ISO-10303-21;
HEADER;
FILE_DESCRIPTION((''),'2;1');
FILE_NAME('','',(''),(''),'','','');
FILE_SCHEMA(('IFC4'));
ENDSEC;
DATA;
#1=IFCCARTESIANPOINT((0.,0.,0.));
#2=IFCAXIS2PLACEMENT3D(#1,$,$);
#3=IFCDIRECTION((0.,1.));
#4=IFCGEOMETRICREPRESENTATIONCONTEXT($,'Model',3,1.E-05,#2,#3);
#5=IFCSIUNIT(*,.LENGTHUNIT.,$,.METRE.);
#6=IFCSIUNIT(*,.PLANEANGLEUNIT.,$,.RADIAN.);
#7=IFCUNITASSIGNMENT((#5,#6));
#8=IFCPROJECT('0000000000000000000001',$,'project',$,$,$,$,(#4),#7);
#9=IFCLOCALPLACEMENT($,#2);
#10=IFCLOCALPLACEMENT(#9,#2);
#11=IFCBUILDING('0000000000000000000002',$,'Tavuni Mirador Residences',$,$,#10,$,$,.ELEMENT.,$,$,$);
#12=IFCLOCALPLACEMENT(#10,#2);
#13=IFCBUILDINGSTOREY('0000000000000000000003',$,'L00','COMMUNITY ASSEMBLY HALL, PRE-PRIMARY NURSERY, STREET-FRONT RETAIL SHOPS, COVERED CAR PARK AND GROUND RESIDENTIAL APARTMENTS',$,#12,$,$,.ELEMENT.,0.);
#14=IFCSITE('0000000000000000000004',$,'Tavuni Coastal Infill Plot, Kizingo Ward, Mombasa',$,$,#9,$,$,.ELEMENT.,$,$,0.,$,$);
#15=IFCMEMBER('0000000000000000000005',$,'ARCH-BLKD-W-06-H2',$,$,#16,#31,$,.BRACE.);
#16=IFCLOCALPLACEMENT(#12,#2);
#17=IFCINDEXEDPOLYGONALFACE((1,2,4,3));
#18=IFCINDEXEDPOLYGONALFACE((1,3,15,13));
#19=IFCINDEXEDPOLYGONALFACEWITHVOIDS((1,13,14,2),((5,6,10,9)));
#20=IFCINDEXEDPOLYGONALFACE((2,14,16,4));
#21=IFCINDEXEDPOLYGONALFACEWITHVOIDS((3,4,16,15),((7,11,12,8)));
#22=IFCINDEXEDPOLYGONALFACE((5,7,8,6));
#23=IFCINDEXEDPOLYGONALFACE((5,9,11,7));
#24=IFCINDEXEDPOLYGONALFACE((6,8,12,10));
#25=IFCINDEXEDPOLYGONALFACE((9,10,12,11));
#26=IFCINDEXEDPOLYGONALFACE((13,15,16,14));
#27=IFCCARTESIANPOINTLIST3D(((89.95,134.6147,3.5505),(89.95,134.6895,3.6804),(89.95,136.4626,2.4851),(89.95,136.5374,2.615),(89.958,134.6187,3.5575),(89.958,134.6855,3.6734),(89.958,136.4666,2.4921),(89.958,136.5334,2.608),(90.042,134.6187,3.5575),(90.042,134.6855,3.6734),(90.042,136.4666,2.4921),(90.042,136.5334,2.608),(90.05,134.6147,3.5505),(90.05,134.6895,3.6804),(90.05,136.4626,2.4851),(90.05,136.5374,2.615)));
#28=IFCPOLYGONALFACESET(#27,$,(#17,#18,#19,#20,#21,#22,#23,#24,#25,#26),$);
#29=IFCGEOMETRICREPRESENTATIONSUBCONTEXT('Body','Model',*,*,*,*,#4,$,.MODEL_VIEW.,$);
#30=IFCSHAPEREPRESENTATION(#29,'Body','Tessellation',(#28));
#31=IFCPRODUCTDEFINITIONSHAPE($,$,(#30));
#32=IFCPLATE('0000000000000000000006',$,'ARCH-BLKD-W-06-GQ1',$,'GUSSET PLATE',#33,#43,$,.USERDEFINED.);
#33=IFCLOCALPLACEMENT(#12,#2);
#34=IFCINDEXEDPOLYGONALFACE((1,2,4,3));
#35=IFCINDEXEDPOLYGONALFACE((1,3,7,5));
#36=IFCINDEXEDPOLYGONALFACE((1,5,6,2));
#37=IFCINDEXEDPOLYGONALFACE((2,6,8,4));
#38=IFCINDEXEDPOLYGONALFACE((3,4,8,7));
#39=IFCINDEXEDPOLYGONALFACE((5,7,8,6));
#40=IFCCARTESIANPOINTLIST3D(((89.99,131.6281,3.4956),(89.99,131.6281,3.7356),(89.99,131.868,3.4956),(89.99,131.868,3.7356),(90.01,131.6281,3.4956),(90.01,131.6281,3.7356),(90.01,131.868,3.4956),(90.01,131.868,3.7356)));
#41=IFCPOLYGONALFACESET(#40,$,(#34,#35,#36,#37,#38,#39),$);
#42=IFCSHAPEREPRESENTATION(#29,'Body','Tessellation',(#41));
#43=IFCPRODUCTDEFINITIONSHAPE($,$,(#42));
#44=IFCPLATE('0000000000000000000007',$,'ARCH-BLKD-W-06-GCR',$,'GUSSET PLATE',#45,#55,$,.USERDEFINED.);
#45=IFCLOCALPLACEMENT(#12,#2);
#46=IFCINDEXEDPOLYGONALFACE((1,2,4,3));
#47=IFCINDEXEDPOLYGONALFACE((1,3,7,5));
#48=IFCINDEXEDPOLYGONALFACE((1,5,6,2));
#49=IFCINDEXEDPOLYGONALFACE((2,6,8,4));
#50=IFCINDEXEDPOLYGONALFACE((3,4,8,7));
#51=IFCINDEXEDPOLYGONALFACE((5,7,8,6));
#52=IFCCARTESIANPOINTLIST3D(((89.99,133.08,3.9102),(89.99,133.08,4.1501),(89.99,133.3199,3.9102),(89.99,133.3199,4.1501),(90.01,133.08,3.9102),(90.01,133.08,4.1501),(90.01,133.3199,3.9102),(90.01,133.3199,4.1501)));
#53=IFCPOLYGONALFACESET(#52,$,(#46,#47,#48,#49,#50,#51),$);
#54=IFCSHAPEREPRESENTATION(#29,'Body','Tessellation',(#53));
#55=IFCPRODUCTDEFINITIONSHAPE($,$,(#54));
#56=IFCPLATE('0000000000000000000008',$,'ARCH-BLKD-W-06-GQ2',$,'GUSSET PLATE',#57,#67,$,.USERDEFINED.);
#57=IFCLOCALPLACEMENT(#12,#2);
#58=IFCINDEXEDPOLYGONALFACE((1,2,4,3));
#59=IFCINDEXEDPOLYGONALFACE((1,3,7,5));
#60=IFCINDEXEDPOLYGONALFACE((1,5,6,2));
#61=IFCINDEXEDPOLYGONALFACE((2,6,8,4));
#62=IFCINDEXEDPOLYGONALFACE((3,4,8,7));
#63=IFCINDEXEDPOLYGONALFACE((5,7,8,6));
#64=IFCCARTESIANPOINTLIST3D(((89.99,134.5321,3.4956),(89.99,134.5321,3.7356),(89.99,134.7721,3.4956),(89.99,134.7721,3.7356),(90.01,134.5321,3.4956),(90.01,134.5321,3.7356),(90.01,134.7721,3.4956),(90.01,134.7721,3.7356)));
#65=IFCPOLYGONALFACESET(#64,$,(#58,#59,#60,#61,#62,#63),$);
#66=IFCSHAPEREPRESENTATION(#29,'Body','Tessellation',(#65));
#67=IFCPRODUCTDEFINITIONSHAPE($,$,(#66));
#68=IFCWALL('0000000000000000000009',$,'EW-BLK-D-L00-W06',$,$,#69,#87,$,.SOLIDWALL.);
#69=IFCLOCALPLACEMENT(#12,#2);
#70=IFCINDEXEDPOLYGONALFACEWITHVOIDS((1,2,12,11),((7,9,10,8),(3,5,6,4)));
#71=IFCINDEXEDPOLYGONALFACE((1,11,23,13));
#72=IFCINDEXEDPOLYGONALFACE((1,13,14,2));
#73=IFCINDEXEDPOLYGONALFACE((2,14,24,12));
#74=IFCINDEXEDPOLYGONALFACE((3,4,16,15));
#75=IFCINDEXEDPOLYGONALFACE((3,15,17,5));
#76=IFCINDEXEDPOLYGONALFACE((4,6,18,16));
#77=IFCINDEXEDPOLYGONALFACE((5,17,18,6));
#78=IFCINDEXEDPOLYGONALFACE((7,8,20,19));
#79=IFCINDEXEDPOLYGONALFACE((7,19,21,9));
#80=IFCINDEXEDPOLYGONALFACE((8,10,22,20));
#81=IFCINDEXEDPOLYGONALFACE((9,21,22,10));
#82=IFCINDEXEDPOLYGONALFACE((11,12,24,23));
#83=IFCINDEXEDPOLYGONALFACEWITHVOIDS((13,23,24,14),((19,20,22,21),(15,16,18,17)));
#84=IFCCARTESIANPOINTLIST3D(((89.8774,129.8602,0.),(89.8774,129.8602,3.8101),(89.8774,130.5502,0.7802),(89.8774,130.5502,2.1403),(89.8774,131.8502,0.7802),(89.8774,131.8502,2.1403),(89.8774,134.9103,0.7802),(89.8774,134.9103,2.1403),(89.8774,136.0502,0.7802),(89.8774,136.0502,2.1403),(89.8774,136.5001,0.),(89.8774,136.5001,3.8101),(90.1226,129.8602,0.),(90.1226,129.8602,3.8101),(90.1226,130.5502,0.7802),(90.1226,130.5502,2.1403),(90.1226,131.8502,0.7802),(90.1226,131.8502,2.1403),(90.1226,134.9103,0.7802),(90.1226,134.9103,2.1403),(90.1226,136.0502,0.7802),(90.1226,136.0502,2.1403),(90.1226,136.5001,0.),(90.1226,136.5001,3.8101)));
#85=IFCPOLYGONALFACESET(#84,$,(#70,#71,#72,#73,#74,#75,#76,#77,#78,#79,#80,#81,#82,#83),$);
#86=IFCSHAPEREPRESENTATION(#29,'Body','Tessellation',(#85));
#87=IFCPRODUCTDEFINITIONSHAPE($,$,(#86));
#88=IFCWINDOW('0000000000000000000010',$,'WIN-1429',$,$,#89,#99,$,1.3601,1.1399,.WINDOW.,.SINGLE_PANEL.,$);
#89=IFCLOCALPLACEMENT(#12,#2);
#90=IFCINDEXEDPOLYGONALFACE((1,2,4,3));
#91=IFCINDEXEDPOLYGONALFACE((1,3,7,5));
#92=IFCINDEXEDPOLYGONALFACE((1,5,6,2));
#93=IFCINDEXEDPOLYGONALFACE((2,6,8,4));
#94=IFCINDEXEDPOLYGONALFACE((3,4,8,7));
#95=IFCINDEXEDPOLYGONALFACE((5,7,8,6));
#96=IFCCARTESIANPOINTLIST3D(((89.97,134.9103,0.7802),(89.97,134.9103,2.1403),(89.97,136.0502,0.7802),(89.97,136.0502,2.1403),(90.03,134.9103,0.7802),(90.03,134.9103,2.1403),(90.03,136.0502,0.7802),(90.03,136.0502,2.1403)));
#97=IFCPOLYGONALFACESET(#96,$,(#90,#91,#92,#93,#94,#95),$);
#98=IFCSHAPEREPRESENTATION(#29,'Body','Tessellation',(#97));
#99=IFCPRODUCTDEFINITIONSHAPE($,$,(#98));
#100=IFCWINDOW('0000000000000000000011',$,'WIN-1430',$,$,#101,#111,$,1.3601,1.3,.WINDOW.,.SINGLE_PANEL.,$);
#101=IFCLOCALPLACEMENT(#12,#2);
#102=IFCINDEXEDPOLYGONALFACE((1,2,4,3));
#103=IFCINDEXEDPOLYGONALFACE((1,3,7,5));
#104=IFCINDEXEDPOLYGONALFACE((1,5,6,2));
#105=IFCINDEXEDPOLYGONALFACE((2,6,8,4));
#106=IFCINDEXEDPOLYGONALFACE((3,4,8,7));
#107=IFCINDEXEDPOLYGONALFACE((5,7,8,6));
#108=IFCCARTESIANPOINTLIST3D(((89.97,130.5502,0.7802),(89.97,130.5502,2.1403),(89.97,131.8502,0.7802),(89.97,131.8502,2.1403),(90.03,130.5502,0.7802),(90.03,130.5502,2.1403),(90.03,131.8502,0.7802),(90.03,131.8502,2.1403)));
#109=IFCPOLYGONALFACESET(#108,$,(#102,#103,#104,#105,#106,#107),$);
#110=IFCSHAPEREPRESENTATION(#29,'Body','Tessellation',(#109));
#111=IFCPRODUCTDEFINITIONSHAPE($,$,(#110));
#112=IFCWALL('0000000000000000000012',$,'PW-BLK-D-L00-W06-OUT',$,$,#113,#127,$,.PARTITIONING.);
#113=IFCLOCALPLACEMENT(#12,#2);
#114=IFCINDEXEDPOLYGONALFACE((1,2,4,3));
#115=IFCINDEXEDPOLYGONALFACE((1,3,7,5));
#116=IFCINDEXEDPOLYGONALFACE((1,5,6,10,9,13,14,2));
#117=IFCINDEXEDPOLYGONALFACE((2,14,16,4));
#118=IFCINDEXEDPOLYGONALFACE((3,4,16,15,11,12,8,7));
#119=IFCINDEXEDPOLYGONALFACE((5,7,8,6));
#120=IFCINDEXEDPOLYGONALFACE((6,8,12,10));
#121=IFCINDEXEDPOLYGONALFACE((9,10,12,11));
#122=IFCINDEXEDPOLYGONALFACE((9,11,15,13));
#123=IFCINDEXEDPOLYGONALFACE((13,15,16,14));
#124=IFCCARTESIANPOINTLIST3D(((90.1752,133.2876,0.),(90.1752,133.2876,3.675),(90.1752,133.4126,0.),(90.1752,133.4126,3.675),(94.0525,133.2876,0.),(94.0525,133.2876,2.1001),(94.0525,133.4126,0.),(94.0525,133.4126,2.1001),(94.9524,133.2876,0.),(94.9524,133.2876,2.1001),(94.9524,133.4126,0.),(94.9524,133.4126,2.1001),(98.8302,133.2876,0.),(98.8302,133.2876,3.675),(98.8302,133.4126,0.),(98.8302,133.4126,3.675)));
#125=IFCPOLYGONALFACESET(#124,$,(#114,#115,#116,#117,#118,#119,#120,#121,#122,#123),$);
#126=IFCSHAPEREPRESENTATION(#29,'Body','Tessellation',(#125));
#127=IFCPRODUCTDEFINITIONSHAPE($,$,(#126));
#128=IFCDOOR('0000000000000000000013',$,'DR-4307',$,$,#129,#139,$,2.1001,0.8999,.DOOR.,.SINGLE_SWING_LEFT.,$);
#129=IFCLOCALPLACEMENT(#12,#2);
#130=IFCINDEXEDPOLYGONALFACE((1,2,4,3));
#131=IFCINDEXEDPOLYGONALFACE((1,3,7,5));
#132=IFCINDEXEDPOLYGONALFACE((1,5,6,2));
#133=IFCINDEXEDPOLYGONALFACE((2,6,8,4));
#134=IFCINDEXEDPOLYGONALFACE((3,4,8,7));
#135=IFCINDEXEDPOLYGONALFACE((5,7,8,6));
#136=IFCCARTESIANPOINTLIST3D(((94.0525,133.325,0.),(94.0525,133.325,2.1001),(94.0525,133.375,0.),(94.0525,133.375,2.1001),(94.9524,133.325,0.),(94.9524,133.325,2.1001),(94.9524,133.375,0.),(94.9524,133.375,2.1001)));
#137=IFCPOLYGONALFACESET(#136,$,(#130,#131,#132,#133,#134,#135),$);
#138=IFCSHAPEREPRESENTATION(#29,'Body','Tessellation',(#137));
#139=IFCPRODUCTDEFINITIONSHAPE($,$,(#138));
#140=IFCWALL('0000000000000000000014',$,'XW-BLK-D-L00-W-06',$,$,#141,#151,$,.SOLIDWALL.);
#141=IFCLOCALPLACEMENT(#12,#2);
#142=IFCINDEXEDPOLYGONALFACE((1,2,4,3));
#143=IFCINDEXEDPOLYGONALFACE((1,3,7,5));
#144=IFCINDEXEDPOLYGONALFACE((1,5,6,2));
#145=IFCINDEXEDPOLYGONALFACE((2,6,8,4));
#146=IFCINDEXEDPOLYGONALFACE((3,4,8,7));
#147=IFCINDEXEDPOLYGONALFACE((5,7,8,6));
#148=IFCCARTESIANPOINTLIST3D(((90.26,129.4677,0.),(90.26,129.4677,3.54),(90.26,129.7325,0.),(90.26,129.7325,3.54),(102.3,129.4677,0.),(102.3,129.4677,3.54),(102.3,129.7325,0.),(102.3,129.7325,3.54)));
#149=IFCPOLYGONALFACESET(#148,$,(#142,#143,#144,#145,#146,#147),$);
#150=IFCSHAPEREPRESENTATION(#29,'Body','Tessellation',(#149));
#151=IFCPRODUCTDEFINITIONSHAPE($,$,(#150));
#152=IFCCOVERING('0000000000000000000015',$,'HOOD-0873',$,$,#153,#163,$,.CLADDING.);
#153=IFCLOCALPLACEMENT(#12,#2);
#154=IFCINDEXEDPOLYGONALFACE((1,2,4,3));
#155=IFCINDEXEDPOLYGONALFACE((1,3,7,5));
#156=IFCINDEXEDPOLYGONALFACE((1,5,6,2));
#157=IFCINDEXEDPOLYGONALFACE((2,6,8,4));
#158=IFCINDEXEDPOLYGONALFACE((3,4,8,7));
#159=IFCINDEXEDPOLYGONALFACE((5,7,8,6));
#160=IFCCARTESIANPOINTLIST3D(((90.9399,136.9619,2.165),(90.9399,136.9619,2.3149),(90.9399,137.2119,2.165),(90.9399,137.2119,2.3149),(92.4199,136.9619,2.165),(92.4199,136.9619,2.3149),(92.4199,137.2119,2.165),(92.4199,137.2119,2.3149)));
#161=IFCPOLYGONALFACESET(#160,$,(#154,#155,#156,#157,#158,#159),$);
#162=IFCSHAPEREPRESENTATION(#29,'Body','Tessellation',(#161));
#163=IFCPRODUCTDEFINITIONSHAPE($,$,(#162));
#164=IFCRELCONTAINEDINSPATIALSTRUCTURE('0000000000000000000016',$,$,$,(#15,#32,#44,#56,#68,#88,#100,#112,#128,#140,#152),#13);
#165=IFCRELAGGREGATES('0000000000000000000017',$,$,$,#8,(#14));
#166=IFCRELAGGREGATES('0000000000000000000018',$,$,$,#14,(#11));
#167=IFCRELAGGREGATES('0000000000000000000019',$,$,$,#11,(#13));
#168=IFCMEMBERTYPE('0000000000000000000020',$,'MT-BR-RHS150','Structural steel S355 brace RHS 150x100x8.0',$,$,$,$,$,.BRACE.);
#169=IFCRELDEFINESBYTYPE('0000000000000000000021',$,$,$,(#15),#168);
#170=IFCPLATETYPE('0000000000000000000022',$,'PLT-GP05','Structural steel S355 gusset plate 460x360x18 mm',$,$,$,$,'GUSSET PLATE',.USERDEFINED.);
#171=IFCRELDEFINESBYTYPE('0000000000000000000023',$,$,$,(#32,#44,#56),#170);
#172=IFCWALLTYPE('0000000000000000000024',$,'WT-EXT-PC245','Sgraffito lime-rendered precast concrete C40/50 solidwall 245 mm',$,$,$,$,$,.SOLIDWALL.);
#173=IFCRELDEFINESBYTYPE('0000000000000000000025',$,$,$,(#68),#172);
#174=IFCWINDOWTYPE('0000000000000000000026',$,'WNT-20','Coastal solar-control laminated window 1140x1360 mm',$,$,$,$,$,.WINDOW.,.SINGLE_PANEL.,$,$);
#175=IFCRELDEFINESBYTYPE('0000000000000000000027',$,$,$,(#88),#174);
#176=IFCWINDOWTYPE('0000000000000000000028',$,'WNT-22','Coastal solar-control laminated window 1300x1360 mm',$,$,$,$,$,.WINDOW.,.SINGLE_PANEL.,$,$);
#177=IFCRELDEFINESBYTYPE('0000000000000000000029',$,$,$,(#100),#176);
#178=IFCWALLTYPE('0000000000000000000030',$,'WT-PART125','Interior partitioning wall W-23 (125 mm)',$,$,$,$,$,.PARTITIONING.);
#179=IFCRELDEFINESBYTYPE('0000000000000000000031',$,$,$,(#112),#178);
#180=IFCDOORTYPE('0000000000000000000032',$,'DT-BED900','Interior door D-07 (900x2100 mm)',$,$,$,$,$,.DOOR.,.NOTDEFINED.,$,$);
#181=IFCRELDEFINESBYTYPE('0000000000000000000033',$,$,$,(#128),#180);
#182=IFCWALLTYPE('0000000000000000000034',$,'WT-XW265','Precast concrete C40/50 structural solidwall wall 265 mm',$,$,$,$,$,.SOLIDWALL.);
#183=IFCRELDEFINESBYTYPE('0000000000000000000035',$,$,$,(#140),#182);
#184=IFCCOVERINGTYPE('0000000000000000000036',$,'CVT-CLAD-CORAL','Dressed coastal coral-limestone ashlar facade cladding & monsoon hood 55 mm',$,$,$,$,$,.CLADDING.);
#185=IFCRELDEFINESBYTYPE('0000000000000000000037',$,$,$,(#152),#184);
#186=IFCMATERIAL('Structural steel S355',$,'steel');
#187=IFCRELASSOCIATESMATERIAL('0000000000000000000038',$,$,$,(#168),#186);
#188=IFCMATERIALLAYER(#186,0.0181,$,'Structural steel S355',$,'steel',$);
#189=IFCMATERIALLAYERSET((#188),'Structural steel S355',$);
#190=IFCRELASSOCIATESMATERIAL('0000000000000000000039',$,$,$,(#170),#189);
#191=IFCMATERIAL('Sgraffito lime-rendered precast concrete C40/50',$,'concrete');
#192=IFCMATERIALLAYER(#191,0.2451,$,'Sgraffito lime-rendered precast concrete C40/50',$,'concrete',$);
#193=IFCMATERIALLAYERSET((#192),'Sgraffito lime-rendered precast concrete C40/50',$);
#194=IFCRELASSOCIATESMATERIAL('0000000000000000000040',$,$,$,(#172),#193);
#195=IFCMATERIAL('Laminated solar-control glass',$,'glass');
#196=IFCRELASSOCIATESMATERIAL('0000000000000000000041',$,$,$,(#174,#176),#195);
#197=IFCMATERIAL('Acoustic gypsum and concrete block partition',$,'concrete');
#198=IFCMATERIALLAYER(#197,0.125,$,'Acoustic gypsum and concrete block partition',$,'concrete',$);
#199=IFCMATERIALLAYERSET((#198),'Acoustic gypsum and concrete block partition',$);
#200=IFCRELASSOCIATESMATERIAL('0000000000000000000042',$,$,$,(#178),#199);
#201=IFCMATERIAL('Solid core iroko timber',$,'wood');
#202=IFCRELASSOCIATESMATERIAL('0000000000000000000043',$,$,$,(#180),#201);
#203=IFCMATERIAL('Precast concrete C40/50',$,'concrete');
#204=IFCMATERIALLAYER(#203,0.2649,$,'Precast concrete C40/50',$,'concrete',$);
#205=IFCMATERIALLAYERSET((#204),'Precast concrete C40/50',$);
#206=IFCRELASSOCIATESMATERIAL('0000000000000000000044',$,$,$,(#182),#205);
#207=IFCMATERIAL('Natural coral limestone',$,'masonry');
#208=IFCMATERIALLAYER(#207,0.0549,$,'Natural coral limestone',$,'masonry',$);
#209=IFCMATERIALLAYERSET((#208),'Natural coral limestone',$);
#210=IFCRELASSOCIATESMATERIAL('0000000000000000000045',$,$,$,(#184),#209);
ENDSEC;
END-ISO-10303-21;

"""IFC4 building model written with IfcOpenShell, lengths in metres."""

from ifc_helpers import new_model, si_unit, direction, frame, frame_2d, origin, origin_2d, place, context, subcontext, project, spatial, rectangle, hollow_rectangle, extrude, material, layer, layer_set, material_profile, profile_set, type_object, element, fill, save


model = new_model("IFC4")

# Units and contexts
model_context = context("Model", 3, precision=1e-05, world=origin(), true_north=direction((0.0, 1.0)))
body_context = subcontext(model_context, "Body", "Model", "MODEL_VIEW")
ifc_project = project(units=[si_unit("LENGTHUNIT", "METRE"), si_unit("PLANEANGLEUNIT", "RADIAN")], contexts=[model_context])

# Site, building, storey
site_placement = place(None, origin())
site = spatial("IfcSite", under=ifc_project, at=site_placement, Name="Tavuni Coastal Infill Plot, Kizingo Ward, Mombasa", CompositionType="ELEMENT", RefElevation=0.0)
building_placement = place(site_placement, origin())
building = spatial("IfcBuilding", under=site, at=building_placement, Name="Tavuni Mirador Residences", CompositionType="ELEMENT")
storey_placement = place(building_placement, origin())
storey = spatial("IfcBuildingStorey", under=building, at=storey_placement, Name="L00", Description="COMMUNITY ASSEMBLY HALL, PRE-PRIMARY NURSERY, STREET-FRONT RETAIL SHOPS, COVERED CAR PARK AND GROUND RESIDENTIAL APARTMENTS", CompositionType="ELEMENT", Elevation=0.0)

# Shared definitions
ifc_material_1 = material(Name="Precast concrete C40/50", Category="concrete")

# Member
ifc_material_2 = material(Name="Structural steel S355", Category="steel")
ifc_material_profile_1 = material_profile(ifc_material_2, hollow_rectangle(XDim=0.1001, YDim=0.1499, WallThickness=0.0081, at=origin_2d()), Name="RHS 150x100x8.0", Category="steel")
ifc_profile_set_1 = profile_set([ifc_material_profile_1], Name="Structural steel S355")
member_type = type_object("IfcMemberType", Name="MT-BR-RHS150", Description="Structural steel S355 brace RHS 150x100x8.0", PredefinedType="BRACE", material=ifc_profile_set_1)
member_1_placement = place(storey_placement, frame((90.0, 134.6521, 3.6155), z_axis=(0.0, 0.866321, -0.499488), x_axis=(-1.0, 0.0, 0.0)))
element("IfcMember", 1, at=member_1_placement, inside=storey, type_object=member_type, Name="ARCH-BLKD-W-06-H2", PredefinedType="BRACE", context=body_context, shape_type="SweptSolid", body=[
    extrude(hollow_rectangle(XDim=0.1001, YDim=0.1499, WallThickness=0.0081, at=origin_2d()), origin(), (0.0, 0.0, 1.0), 2.1331),
])

# Plates
ifc_layer_1 = layer(ifc_material_2, 0.0181, Name="Structural steel S355", Category="steel")
ifc_layer_set_1 = layer_set([ifc_layer_1], Name="Structural steel S355")
plate_type = type_object("IfcPlateType", Name="PLT-GP05", Description="Structural steel S355 gusset plate 460x360x18 mm", ElementType="GUSSET PLATE", PredefinedType="USERDEFINED", material=ifc_layer_set_1)
for number, where, z_axis, x_axis, name in (
    (2, (90.0, 131.748, 3.4956), (0.0, 0.0, 1.0), (1.0, 0.0, 0.0), "ARCH-BLKD-W-06-GQ1"),
    (3, (90.0, 133.2, 3.9102), (0.0, 0.0, 1.0), (1.0, 0.0, 0.0), "ARCH-BLKD-W-06-GCR"),
    (4, (90.0, 134.6521, 3.4956), (0.0, 0.0, 1.0), (1.0, 0.0, 0.0), "ARCH-BLKD-W-06-GQ2"),
):
    element("IfcPlate", number, at=place(storey_placement, frame(where, z_axis=z_axis, x_axis=x_axis)), inside=storey, type_object=plate_type, Name=name, ObjectType="GUSSET PLATE", PredefinedType="USERDEFINED", context=body_context, shape_type="SweptSolid", body=[
        extrude(rectangle(XDim=0.02, YDim=0.24, at=origin_2d()), origin(), (0.0, 0.0, 1.0), 0.24),
    ])

# Wall, openings, windows
ifc_material_3 = material(Name="Sgraffito lime-rendered precast concrete C40/50", Category="concrete")
ifc_layer_2 = layer(ifc_material_3, 0.2451, Name="Sgraffito lime-rendered precast concrete C40/50", Category="concrete")
ifc_layer_set_2 = layer_set([ifc_layer_2], Name="Sgraffito lime-rendered precast concrete C40/50")
wall_type_1 = type_object("IfcWallType", Name="WT-EXT-PC245", Description="Sgraffito lime-rendered precast concrete C40/50 solidwall 245 mm", PredefinedType="SOLIDWALL", material=ifc_layer_set_2)
wall_1_placement = place(storey_placement, frame((90.0, 136.5, 0.0), z_axis=(0.0, 0.0, 1.0), x_axis=(0.0, -1.0, 0.0)))
wall_1 = element("IfcWall", 5, at=wall_1_placement, inside=storey, type_object=wall_type_1, Name="EW-BLK-D-L00-W06", PredefinedType="SOLIDWALL", context=body_context, shape_type="SweptSolid", body=[
    extrude(rectangle(XDim=6.6399, YDim=0.2451, at=frame_2d((3.3198, 0.0))), origin(), (0.0, 0.0, 1.0), 3.8101),
])
opening_1_placement = place(wall_1_placement, frame((0.45, 0.0, 0.78)))
opening_1 = element("IfcOpeningElement", 6, at=opening_1_placement, cuts=wall_1, PredefinedType="OPENING", context=body_context, shape_type="SweptSolid", body=[
    extrude(rectangle(XDim=1.1399, YDim=1.3601, at=frame_2d((0.5698, 0.6802))), frame((0.0, 0.1326, 0.0), z_axis=(0.0, -1.0, 0.0), x_axis=(1.0, 0.0, 0.0)), (0.0, 0.0, 1.0), 0.2651),
])
opening_2_placement = place(wall_1_placement, frame((4.6499, 0.0, 0.78)))
opening_2 = element("IfcOpeningElement", 7, at=opening_2_placement, cuts=wall_1, PredefinedType="OPENING", context=body_context, shape_type="SweptSolid", body=[
    extrude(rectangle(XDim=1.3, YDim=1.3601, at=frame_2d((0.6499, 0.6802))), frame((0.0, 0.1326, 0.0), z_axis=(0.0, -1.0, 0.0), x_axis=(1.0, 0.0, 0.0)), (0.0, 0.0, 1.0), 0.2651),
])
ifc_material_4 = material(Name="Laminated solar-control glass", Category="glass")
window_type_1 = type_object("IfcWindowType", Name="WNT-20", Description="Coastal solar-control laminated window 1140x1360 mm", PartitioningType="SINGLE_PANEL", PredefinedType="WINDOW", material=ifc_material_4)
window_1_placement = place(opening_1_placement, origin())
window_1 = element("IfcWindow", 8, at=window_1_placement, inside=storey, type_object=window_type_1, Name="WIN-1429", OverallHeight=1.3601, OverallWidth=1.1399, PartitioningType="SINGLE_PANEL", PredefinedType="WINDOW", context=body_context, shape_type="SweptSolid", body=[
    extrude(rectangle(XDim=1.1399, YDim=1.3601, at=frame_2d((0.5698, 0.6802))), frame((0.0, 0.03, 0.0), z_axis=(0.0, -1.0, 0.0), x_axis=(1.0, 0.0, 0.0)), (0.0, 0.0, 1.0), 0.0601),
])
fill(opening_1, window_1)
window_type_2 = type_object("IfcWindowType", Name="WNT-22", Description="Coastal solar-control laminated window 1300x1360 mm", PartitioningType="SINGLE_PANEL", PredefinedType="WINDOW", material=ifc_material_4)
window_2_placement = place(opening_2_placement, origin())
window_2 = element("IfcWindow", 9, at=window_2_placement, inside=storey, type_object=window_type_2, Name="WIN-1430", OverallHeight=1.3601, OverallWidth=1.3, PartitioningType="SINGLE_PANEL", PredefinedType="WINDOW", context=body_context, shape_type="SweptSolid", body=[
    extrude(rectangle(XDim=1.3, YDim=1.3601, at=frame_2d((0.6499, 0.6802))), frame((0.0, 0.03, 0.0), z_axis=(0.0, -1.0, 0.0), x_axis=(1.0, 0.0, 0.0)), (0.0, 0.0, 1.0), 0.0601),
])
fill(opening_2, window_2)

# Wall, opening, door
ifc_material_5 = material(Name="Acoustic gypsum and concrete block partition", Category="concrete")
ifc_layer_3 = layer(ifc_material_5, 0.125, Name="Acoustic gypsum and concrete block partition", Category="concrete")
ifc_layer_set_3 = layer_set([ifc_layer_3], Name="Acoustic gypsum and concrete block partition")
wall_type_2 = type_object("IfcWallType", Name="WT-PART125", Description="Interior partitioning wall W-23 (125 mm)", PredefinedType="PARTITIONING", material=ifc_layer_set_3)
wall_2_placement = place(storey_placement, frame((90.175, 133.3501, 0.0), z_axis=(0.0, 0.0, 1.0), x_axis=(1.0, 0.0, 0.0)))
wall_2 = element("IfcWall", 10, at=wall_2_placement, inside=storey, type_object=wall_type_2, Name="PW-BLK-D-L00-W06-OUT", PredefinedType="PARTITIONING", context=body_context, shape_type="SweptSolid", body=[
    extrude(rectangle(XDim=8.655, YDim=0.125, at=frame_2d((4.3276, 0.0))), origin(), (0.0, 0.0, 1.0), 3.675),
])
opening_3_placement = place(wall_2_placement, frame((3.8774, 0.0, 0.0)))
opening_3 = element("IfcOpeningElement", 11, at=opening_3_placement, cuts=wall_2, PredefinedType="OPENING", context=body_context, shape_type="SweptSolid", body=[
    extrude(rectangle(XDim=0.8999, YDim=2.1001, at=frame_2d((0.45, 1.05))), frame((0.0, 0.0725, 0.0), z_axis=(0.0, -1.0, 0.0), x_axis=(1.0, 0.0, 0.0)), (0.0, 0.0, 1.0), 0.145),
])
ifc_material_6 = material(Name="Solid core iroko timber", Category="wood")
door_type = type_object("IfcDoorType", Name="DT-BED900", Description="Interior door D-07 (900x2100 mm)", OperationType="NOTDEFINED", PredefinedType="DOOR", material=ifc_material_6)
door_placement = place(opening_3_placement, origin())
door = element("IfcDoor", 12, at=door_placement, inside=storey, type_object=door_type, Name="DR-4307", OperationType="SINGLE_SWING_LEFT", OverallHeight=2.1001, OverallWidth=0.8999, PredefinedType="DOOR", context=body_context, shape_type="SweptSolid", body=[
    extrude(rectangle(XDim=0.8999, YDim=2.1001, at=frame_2d((0.45, 1.05))), frame((0.0, 0.0249, 0.0), z_axis=(0.0, -1.0, 0.0), x_axis=(1.0, 0.0, 0.0)), (0.0, 0.0, 1.0), 0.05),
])
fill(opening_3, door)

# Wall
ifc_layer_4 = layer(ifc_material_1, 0.2649, Name="Precast concrete C40/50", Category="concrete")
ifc_layer_set_4 = layer_set([ifc_layer_4], Name="Precast concrete C40/50")
wall_type_3 = type_object("IfcWallType", Name="WT-XW265", Description="Precast concrete C40/50 structural solidwall wall 265 mm", PredefinedType="SOLIDWALL", material=ifc_layer_set_4)
wall_3_placement = place(storey_placement, frame((90.26, 129.6001, 0.0), z_axis=(0.0, 0.0, 1.0), x_axis=(1.0, 0.0, 0.0)))
element("IfcWall", 13, at=wall_3_placement, inside=storey, type_object=wall_type_3, Name="XW-BLK-D-L00-W-06", PredefinedType="SOLIDWALL", context=body_context, shape_type="SweptSolid", body=[
    extrude(rectangle(XDim=12.04, YDim=0.2649, at=frame_2d((6.02, 0.0))), origin(), (0.0, 0.0, 1.0), 3.54),
])

# Covering
ifc_material_7 = material(Name="Natural coral limestone", Category="masonry")
ifc_layer_5 = layer(ifc_material_7, 0.0549, Name="Natural coral limestone", Category="masonry")
ifc_layer_set_5 = layer_set([ifc_layer_5], Name="Natural coral limestone")
covering_type = type_object("IfcCoveringType", Name="CVT-CLAD-CORAL", Description="Dressed coastal coral-limestone ashlar facade cladding & monsoon hood 55 mm", PredefinedType="CLADDING", material=ifc_layer_set_5)
covering_placement = place(storey_placement, frame((91.6799, 137.0869, 2.165), z_axis=(0.0, 0.0, 1.0), x_axis=(-1.0, 0.0, 0.0)))
element("IfcCovering", 14, at=covering_placement, inside=storey, type_object=covering_type, Name="HOOD-0873", PredefinedType="CLADDING", context=body_context, shape_type="SweptSolid", body=[
    extrude(rectangle(XDim=1.48, YDim=0.25, at=origin_2d()), origin(), (0.0, 0.0, 1.0), 0.1499),
])

save(model, "model.ifc")
